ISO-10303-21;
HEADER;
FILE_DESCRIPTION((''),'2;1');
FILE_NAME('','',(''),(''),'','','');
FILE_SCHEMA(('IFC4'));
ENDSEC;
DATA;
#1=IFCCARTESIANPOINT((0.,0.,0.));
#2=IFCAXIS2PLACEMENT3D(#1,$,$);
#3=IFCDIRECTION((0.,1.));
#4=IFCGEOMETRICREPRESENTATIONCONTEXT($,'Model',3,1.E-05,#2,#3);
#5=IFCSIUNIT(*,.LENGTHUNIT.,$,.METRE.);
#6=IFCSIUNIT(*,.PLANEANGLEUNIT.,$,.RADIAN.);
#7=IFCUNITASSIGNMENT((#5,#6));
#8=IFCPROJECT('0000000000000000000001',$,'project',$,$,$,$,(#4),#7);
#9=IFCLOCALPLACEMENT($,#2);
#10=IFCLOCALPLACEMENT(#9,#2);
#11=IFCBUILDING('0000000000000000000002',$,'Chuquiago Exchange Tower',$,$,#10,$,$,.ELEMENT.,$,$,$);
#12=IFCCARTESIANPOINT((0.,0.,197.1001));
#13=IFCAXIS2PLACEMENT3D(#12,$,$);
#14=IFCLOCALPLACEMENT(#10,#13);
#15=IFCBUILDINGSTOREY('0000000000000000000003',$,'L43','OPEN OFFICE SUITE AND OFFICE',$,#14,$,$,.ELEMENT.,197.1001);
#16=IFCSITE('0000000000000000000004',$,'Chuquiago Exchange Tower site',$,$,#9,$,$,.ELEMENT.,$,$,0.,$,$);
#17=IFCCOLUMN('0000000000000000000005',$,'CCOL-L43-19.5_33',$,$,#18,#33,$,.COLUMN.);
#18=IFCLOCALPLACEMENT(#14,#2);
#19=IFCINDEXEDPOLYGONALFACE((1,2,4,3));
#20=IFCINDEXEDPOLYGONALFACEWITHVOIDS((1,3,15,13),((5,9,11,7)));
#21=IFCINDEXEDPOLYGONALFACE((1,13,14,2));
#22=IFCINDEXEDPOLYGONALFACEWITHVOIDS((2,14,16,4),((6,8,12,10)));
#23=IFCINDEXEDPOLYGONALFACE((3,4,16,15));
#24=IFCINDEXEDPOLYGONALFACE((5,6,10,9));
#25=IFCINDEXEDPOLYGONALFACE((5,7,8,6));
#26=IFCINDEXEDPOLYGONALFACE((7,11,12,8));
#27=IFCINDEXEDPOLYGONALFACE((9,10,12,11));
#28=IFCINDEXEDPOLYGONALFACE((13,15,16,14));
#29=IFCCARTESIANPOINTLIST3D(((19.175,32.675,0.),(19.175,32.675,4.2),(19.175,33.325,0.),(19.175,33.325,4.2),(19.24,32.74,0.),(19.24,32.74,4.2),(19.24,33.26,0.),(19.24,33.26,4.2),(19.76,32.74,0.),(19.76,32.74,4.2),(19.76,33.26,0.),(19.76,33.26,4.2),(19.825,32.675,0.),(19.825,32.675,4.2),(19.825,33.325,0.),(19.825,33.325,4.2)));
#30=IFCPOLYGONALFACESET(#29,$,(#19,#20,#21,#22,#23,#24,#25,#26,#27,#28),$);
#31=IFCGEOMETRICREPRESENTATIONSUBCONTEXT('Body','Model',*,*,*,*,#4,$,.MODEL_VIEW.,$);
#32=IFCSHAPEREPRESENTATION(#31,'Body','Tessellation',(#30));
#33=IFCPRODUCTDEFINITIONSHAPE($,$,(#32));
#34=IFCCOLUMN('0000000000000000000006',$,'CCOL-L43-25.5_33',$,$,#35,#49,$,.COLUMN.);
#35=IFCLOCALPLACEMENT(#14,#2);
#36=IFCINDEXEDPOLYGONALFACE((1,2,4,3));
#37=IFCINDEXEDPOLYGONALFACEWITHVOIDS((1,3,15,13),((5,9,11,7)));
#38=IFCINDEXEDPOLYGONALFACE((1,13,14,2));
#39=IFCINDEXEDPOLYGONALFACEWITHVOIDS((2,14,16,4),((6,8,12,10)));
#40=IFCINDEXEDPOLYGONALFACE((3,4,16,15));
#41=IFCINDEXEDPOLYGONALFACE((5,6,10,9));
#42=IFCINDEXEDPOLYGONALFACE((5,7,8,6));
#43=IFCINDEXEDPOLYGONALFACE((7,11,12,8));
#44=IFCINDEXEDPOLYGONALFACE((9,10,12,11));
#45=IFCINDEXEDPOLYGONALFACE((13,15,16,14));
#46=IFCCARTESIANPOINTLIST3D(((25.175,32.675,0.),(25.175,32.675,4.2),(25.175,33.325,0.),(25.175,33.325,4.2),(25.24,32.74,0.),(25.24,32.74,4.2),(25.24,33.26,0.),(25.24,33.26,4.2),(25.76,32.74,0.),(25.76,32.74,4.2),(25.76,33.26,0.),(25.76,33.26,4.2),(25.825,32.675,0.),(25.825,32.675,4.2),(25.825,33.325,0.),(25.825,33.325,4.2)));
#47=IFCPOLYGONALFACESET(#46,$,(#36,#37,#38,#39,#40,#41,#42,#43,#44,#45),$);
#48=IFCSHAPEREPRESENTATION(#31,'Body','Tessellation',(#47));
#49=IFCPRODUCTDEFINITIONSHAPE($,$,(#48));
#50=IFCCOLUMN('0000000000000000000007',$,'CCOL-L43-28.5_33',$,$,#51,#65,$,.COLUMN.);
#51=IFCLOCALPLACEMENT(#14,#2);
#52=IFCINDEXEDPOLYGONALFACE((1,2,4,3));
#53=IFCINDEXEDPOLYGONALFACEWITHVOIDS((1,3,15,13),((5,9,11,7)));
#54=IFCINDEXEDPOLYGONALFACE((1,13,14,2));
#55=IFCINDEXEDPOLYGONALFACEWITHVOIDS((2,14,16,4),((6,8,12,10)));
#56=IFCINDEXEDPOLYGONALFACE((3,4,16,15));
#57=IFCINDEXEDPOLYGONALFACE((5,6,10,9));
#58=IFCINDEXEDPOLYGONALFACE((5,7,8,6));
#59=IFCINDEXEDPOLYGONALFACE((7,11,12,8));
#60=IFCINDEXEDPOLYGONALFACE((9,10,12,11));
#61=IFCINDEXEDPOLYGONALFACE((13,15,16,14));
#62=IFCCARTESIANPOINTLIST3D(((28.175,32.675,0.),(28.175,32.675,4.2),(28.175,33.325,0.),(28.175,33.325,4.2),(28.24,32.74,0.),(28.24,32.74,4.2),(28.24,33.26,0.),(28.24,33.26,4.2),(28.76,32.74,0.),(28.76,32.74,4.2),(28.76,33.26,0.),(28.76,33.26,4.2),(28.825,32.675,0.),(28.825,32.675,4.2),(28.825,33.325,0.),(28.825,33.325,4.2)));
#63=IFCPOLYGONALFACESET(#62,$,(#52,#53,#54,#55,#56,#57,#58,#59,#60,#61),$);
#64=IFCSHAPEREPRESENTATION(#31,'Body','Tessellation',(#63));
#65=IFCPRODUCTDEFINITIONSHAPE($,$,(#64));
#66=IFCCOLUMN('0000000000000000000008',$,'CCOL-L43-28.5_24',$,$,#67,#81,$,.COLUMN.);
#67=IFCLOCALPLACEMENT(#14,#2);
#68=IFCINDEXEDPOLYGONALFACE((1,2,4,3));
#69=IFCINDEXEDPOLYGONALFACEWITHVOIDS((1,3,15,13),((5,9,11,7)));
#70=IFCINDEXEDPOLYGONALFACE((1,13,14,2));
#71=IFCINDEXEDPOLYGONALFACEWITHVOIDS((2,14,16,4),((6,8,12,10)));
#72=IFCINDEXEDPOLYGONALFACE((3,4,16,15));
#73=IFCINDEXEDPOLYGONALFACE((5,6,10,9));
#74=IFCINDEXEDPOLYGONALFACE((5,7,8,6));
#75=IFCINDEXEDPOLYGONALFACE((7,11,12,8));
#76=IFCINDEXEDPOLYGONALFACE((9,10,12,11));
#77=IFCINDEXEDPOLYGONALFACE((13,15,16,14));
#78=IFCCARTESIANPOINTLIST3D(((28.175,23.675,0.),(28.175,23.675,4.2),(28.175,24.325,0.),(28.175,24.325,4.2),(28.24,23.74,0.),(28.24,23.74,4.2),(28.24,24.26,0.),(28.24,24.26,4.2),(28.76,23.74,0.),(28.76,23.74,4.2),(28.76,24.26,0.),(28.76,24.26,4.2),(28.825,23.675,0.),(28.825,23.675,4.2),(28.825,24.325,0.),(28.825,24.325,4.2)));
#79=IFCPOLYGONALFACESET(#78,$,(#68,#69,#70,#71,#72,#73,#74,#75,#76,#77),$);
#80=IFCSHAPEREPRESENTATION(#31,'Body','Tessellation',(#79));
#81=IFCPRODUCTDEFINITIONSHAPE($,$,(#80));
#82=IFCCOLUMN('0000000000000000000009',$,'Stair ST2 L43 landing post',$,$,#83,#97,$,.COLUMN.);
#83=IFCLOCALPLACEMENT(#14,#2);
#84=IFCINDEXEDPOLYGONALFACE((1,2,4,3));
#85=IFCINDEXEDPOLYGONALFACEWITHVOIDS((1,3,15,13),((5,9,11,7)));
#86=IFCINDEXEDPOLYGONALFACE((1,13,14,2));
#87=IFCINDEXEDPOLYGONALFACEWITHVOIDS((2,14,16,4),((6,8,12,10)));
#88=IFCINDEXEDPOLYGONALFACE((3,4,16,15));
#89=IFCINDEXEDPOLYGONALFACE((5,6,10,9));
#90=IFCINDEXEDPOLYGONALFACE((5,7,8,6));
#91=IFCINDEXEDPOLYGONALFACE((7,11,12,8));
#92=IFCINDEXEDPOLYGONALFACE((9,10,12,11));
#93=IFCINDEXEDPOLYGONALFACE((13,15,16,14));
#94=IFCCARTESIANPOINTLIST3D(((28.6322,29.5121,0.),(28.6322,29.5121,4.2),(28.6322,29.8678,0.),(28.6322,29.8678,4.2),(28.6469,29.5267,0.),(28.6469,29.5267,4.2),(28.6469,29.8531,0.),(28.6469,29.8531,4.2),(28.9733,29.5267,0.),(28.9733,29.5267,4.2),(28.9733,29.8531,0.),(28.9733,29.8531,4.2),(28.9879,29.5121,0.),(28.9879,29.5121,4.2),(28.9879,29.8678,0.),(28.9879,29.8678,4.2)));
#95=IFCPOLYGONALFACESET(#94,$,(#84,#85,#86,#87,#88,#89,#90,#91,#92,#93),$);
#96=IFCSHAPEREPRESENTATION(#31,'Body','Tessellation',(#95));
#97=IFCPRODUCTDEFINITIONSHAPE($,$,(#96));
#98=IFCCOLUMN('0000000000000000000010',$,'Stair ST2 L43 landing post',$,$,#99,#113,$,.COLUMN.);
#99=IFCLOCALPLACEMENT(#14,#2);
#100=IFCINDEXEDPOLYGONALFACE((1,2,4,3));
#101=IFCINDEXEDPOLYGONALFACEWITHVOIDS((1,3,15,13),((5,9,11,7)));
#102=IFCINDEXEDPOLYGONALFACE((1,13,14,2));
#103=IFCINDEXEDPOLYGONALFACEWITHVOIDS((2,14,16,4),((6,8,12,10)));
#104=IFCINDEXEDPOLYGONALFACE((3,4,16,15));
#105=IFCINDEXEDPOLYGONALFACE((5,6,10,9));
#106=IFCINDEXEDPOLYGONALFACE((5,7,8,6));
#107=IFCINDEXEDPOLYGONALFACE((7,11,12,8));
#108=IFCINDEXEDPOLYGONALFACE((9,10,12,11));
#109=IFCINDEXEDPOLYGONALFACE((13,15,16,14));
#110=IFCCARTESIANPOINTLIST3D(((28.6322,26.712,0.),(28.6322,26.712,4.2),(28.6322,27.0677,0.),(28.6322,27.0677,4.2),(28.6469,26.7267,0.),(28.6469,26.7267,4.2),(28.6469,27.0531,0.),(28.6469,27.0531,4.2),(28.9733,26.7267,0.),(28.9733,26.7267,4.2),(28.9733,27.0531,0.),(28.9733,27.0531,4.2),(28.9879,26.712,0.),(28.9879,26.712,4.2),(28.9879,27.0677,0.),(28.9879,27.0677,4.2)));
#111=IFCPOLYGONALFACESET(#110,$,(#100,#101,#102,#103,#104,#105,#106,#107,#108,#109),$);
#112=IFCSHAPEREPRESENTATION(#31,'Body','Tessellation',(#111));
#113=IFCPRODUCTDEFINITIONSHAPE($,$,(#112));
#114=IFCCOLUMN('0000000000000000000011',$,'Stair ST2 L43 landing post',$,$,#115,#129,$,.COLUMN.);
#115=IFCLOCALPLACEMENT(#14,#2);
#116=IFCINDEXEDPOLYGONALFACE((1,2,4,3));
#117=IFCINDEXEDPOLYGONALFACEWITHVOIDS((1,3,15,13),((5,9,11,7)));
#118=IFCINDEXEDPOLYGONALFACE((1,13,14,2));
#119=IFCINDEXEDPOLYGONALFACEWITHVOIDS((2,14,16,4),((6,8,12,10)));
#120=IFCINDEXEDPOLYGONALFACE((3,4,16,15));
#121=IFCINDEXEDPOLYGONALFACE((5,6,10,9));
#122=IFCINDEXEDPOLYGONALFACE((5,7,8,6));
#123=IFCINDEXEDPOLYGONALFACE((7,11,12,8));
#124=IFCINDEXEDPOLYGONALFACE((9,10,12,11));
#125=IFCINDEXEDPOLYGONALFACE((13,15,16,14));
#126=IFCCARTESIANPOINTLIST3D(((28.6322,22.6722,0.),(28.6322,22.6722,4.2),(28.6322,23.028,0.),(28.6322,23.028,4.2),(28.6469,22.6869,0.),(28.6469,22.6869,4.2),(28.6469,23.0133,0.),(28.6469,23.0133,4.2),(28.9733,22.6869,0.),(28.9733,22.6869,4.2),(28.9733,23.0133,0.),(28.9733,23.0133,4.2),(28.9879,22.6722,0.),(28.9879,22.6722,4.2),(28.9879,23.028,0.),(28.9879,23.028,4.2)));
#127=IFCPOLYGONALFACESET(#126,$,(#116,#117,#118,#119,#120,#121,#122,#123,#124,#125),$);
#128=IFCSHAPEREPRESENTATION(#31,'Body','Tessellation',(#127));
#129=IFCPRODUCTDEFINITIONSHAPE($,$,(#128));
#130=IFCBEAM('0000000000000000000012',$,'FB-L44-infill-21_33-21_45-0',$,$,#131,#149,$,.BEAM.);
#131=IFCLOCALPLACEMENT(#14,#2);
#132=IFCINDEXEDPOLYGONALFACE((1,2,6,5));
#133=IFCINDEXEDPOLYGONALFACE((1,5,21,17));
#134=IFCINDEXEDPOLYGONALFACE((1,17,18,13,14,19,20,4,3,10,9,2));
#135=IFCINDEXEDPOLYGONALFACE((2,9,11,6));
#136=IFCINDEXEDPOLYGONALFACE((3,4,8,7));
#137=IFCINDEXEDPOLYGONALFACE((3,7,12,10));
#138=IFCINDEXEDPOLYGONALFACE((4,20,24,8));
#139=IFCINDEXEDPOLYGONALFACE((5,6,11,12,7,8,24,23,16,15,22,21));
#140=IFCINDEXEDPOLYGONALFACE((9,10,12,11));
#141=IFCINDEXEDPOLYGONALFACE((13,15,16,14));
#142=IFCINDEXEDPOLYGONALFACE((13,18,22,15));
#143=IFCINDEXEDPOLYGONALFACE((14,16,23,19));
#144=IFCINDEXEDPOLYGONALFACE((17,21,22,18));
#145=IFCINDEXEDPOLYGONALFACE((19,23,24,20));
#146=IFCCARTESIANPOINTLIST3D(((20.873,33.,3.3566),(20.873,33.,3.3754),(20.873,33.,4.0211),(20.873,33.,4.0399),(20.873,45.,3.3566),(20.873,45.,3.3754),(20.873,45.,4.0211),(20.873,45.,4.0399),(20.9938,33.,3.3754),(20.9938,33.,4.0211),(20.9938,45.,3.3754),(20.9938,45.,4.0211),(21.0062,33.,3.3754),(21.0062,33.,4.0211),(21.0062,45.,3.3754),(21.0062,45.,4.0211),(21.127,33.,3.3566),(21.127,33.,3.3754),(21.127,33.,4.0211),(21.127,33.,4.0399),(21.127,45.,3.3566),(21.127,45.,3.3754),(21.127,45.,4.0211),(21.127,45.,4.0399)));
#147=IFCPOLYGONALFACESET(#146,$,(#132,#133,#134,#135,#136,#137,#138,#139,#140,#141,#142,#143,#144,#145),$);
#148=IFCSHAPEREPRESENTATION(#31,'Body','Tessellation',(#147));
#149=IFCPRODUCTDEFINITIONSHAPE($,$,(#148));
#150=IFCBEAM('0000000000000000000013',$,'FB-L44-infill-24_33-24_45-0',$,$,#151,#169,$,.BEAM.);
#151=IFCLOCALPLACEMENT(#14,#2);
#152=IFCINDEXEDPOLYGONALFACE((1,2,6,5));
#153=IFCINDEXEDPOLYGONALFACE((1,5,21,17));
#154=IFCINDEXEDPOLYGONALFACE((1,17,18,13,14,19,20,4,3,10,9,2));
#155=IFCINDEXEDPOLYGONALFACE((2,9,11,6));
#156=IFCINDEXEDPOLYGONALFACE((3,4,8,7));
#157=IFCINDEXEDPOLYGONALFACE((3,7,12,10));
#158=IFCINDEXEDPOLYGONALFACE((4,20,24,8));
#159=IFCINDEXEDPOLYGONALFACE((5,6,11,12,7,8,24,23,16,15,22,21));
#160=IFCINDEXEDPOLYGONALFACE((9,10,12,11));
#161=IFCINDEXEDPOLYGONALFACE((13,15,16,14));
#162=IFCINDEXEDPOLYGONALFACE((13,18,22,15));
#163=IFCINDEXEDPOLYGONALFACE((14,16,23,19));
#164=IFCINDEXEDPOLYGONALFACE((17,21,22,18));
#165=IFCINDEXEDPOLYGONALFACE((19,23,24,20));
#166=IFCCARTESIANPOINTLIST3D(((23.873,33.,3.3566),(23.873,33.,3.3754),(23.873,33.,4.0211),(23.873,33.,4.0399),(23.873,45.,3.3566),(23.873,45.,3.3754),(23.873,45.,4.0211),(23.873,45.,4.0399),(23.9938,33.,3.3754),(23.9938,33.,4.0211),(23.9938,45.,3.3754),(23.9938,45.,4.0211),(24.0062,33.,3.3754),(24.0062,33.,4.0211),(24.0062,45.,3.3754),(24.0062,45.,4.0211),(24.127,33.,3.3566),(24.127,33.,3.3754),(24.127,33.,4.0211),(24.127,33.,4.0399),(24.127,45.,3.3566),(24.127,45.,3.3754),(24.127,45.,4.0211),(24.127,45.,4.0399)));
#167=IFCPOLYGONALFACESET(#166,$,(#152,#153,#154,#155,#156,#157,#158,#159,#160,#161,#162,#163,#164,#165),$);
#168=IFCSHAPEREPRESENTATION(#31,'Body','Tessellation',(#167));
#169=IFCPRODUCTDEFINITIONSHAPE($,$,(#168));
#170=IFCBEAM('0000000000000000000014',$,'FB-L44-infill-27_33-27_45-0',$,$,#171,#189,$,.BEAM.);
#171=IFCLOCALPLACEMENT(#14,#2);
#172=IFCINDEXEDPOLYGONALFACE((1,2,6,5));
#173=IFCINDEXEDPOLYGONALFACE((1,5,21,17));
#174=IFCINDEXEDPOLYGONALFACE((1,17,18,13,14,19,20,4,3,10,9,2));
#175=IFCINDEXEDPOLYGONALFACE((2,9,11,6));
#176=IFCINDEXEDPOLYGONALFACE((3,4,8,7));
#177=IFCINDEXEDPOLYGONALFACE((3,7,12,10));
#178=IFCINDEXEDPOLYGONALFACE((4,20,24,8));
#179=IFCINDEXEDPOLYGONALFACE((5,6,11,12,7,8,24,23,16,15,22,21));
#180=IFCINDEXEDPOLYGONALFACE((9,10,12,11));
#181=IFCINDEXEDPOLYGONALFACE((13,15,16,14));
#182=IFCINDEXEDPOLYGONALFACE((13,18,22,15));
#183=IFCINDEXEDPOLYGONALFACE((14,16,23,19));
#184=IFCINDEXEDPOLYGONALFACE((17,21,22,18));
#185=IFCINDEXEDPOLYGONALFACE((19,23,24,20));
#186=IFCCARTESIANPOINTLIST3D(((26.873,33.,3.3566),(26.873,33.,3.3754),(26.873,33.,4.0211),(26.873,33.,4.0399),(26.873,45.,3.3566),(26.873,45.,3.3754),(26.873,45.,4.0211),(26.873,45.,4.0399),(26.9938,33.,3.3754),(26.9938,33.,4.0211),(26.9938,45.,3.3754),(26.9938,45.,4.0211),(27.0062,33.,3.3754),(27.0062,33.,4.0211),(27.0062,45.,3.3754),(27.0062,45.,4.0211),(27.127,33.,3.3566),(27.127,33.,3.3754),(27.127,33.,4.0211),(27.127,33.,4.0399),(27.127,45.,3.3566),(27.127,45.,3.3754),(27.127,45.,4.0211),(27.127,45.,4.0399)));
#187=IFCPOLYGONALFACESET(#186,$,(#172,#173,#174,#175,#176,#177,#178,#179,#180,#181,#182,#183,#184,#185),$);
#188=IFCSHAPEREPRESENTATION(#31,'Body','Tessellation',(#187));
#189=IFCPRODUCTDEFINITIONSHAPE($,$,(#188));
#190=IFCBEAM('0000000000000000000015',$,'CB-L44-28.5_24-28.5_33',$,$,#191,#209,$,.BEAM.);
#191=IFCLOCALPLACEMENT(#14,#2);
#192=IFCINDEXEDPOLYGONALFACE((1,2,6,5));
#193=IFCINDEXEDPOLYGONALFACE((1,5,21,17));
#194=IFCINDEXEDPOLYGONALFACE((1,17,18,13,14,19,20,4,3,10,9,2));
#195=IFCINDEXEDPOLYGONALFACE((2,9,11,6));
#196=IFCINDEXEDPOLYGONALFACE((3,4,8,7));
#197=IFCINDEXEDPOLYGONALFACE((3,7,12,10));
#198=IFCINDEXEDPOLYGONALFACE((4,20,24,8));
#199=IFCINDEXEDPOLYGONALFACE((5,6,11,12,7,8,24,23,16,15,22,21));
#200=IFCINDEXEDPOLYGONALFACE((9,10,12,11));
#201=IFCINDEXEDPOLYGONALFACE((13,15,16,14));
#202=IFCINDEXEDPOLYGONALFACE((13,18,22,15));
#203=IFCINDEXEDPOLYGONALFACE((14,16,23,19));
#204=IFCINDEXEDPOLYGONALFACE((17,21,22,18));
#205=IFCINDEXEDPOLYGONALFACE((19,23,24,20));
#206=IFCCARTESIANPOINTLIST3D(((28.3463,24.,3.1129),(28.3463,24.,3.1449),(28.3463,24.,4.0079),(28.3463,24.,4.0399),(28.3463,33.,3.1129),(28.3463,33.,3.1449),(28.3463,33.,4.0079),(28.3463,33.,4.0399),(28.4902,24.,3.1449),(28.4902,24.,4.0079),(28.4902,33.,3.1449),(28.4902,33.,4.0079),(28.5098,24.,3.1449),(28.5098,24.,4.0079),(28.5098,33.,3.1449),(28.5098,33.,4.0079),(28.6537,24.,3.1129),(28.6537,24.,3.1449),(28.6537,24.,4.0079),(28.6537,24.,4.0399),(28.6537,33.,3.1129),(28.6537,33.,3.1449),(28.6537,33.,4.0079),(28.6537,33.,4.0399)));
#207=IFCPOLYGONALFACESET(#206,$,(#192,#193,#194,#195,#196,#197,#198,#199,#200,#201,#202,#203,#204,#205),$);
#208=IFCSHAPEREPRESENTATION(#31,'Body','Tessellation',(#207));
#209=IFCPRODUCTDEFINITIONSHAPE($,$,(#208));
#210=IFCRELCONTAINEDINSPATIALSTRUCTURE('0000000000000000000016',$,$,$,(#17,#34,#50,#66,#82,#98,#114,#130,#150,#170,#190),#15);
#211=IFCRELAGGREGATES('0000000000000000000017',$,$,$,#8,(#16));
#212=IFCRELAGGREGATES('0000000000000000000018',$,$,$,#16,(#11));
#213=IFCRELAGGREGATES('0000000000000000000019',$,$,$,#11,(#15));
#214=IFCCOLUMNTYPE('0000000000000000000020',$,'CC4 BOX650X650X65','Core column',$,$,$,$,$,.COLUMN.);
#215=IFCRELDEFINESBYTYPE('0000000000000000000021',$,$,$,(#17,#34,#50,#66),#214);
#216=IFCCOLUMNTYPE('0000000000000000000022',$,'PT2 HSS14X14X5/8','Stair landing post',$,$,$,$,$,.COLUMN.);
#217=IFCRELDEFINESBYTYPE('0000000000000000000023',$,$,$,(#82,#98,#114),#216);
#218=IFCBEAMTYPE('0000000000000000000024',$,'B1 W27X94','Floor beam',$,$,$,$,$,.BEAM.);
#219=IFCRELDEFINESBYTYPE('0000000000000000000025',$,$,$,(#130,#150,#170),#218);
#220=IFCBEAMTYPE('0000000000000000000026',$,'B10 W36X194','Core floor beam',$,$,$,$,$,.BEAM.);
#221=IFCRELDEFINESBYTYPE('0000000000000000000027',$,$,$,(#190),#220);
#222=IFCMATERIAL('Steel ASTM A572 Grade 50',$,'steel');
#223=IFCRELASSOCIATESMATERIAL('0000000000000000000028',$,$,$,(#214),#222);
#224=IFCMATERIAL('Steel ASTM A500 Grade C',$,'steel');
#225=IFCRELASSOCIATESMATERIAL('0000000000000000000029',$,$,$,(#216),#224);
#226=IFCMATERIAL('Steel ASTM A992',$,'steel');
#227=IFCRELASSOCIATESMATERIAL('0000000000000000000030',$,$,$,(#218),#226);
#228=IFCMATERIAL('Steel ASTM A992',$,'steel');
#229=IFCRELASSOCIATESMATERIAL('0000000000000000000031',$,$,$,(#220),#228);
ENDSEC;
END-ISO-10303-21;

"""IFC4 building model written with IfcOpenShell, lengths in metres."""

from ifc_helpers import new_model, si_unit, direction, frame, origin, origin_2d, place, context, subcontext, project, spatial, hollow_rectangle, i_section, extrude, material, material_profile, profile_set, type_object, element, save


model = new_model("IFC4")

# Units and contexts
model_context = context("Model", 3, precision=1e-05, world=origin(), true_north=direction((0.0, 1.0)))
body_context = subcontext(model_context, "Body", "Model", "MODEL_VIEW")
ifc_project = project(units=[si_unit("LENGTHUNIT", "METRE"), si_unit("PLANEANGLEUNIT", "RADIAN")], contexts=[model_context])

# Site, building, storey
site_placement = place(None, origin())
site = spatial("IfcSite", under=ifc_project, at=site_placement, Name="Chuquiago Exchange Tower site", CompositionType="ELEMENT", RefElevation=0.0)
building_placement = place(site_placement, origin())
building = spatial("IfcBuilding", under=site, at=building_placement, Name="Chuquiago Exchange Tower", CompositionType="ELEMENT")
storey_placement = place(building_placement, frame((0.0, 0.0, 197.1001)))
storey = spatial("IfcBuildingStorey", under=building, at=storey_placement, Name="L43", Description="OPEN OFFICE SUITE AND OFFICE", CompositionType="ELEMENT", Elevation=197.1001)

# Columns
ifc_material_1 = material(Name="Steel ASTM A572 Grade 50", Category="steel")
ifc_material_profile_1 = material_profile(ifc_material_1, hollow_rectangle(XDim=0.6499, YDim=0.6499, WallThickness=0.0649, at=origin_2d()), Name="BOX650X650X65")
ifc_profile_set_1 = profile_set([ifc_material_profile_1], Name="Steel ASTM A572 Grade 50")
column_type_1 = type_object("IfcColumnType", Name="CC4 BOX650X650X65", Description="Core column", PredefinedType="COLUMN", material=ifc_profile_set_1)
for number, where, z_axis, x_axis, name in (
    (1, (19.5, 33.0, 0.0), (0.0, 0.0, 1.0), (1.0, 0.0, 0.0), "CCOL-L43-19.5_33"),
    (2, (25.5, 33.0, 0.0), (0.0, 0.0, 1.0), (1.0, 0.0, 0.0), "CCOL-L43-25.5_33"),
    (3, (28.5, 33.0, 0.0), (0.0, 0.0, 1.0), (1.0, 0.0, 0.0), "CCOL-L43-28.5_33"),
    (4, (28.5, 24.0, 0.0), (0.0, 0.0, 1.0), (1.0, 0.0, 0.0), "CCOL-L43-28.5_24"),
):
    element("IfcColumn", number, at=place(storey_placement, frame(where, z_axis=z_axis, x_axis=x_axis)), inside=storey, type_object=column_type_1, Name=name, PredefinedType="COLUMN", context=body_context, shape_type="SweptSolid", body=[
        extrude(hollow_rectangle(XDim=0.6499, YDim=0.6499, WallThickness=0.0649, at=origin_2d()), origin(), (0.0, 0.0, 1.0), 4.2),
    ])
ifc_material_2 = material(Name="Steel ASTM A500 Grade C", Category="steel")
ifc_material_profile_2 = material_profile(ifc_material_2, hollow_rectangle(XDim=0.3557, YDim=0.3557, WallThickness=0.0146, at=origin_2d()), Name="HSS14X14X5/8")
ifc_profile_set_2 = profile_set([ifc_material_profile_2], Name="Steel ASTM A500 Grade C")
column_type_2 = type_object("IfcColumnType", Name="PT2 HSS14X14X5/8", Description="Stair landing post", PredefinedType="COLUMN", material=ifc_profile_set_2)
for number, where, z_axis, x_axis, name in (
    (5, (28.8101, 29.6899, 0.0), (0.0, 0.0, 1.0), (1.0, 0.0, 0.0), "Stair ST2 L43 landing post"),
    (6, (28.8101, 26.8899, 0.0), (0.0, 0.0, 1.0), (1.0, 0.0, 0.0), "Stair ST2 L43 landing post"),
    (7, (28.8101, 22.8501, 0.0), (0.0, 0.0, 1.0), (1.0, 0.0, 0.0), "Stair ST2 L43 landing post"),
):
    element("IfcColumn", number, at=place(storey_placement, frame(where, z_axis=z_axis, x_axis=x_axis)), inside=storey, type_object=column_type_2, Name=name, PredefinedType="COLUMN", context=body_context, shape_type="SweptSolid", body=[
        extrude(hollow_rectangle(XDim=0.3557, YDim=0.3557, WallThickness=0.0146, at=origin_2d()), origin(), (0.0, 0.0, 1.0), 4.2),
    ])

# Beams
ifc_material_3 = material(Name="Steel ASTM A992", Category="steel")
ifc_material_profile_3 = material_profile(ifc_material_3, i_section(OverallWidth=0.2539, OverallDepth=0.6833, WebThickness=0.0125, FlangeThickness=0.0188, at=origin_2d()), Name="W27X94")
ifc_profile_set_3 = profile_set([ifc_material_profile_3], Name="Steel ASTM A992")
beam_type_1 = type_object("IfcBeamType", Name="B1 W27X94", Description="Floor beam", PredefinedType="BEAM", material=ifc_profile_set_3)
for number, where, z_axis, x_axis, name in (
    (8, (21.0, 33.0, 3.6982), (0.0, 1.0, 0.0), (-1.0, 0.0, 0.0), "FB-L44-infill-21_33-21_45-0"),
    (9, (24.0, 33.0, 3.6982), (0.0, 1.0, 0.0), (-1.0, 0.0, 0.0), "FB-L44-infill-24_33-24_45-0"),
    (10, (27.0, 33.0, 3.6982), (0.0, 1.0, 0.0), (-1.0, 0.0, 0.0), "FB-L44-infill-27_33-27_45-0"),
):
    element("IfcBeam", number, at=place(storey_placement, frame(where, z_axis=z_axis, x_axis=x_axis)), inside=storey, type_object=beam_type_1, Name=name, PredefinedType="BEAM", context=body_context, shape_type="SweptSolid", body=[
        extrude(i_section(OverallWidth=0.2539, OverallDepth=0.6833, WebThickness=0.0125, FlangeThickness=0.0188, at=origin_2d()), origin(), (0.0, 0.0, 1.0), 12.0),
    ])
ifc_material_4 = material(Name="Steel ASTM A992", Category="steel")
ifc_material_profile_4 = material_profile(ifc_material_4, i_section(OverallWidth=0.3074, OverallDepth=0.927, WebThickness=0.0195, FlangeThickness=0.032, at=origin_2d()), Name="W36X194")
ifc_profile_set_4 = profile_set([ifc_material_profile_4], Name="Steel ASTM A992")
beam_type_2 = type_object("IfcBeamType", Name="B10 W36X194", Description="Core floor beam", PredefinedType="BEAM", material=ifc_profile_set_4)
beam_1_placement = place(storey_placement, frame((28.5, 24.0, 3.5764), z_axis=(0.0, 1.0, 0.0), x_axis=(-1.0, 0.0, 0.0)))
element("IfcBeam", 11, at=beam_1_placement, inside=storey, type_object=beam_type_2, Name="CB-L44-28.5_24-28.5_33", PredefinedType="BEAM", context=body_context, shape_type="SweptSolid", body=[
    extrude(i_section(OverallWidth=0.3074, OverallDepth=0.927, WebThickness=0.0195, FlangeThickness=0.032, at=origin_2d()), origin(), (0.0, 0.0, 1.0), 9.0),
])

save(model, "model.ifc")
